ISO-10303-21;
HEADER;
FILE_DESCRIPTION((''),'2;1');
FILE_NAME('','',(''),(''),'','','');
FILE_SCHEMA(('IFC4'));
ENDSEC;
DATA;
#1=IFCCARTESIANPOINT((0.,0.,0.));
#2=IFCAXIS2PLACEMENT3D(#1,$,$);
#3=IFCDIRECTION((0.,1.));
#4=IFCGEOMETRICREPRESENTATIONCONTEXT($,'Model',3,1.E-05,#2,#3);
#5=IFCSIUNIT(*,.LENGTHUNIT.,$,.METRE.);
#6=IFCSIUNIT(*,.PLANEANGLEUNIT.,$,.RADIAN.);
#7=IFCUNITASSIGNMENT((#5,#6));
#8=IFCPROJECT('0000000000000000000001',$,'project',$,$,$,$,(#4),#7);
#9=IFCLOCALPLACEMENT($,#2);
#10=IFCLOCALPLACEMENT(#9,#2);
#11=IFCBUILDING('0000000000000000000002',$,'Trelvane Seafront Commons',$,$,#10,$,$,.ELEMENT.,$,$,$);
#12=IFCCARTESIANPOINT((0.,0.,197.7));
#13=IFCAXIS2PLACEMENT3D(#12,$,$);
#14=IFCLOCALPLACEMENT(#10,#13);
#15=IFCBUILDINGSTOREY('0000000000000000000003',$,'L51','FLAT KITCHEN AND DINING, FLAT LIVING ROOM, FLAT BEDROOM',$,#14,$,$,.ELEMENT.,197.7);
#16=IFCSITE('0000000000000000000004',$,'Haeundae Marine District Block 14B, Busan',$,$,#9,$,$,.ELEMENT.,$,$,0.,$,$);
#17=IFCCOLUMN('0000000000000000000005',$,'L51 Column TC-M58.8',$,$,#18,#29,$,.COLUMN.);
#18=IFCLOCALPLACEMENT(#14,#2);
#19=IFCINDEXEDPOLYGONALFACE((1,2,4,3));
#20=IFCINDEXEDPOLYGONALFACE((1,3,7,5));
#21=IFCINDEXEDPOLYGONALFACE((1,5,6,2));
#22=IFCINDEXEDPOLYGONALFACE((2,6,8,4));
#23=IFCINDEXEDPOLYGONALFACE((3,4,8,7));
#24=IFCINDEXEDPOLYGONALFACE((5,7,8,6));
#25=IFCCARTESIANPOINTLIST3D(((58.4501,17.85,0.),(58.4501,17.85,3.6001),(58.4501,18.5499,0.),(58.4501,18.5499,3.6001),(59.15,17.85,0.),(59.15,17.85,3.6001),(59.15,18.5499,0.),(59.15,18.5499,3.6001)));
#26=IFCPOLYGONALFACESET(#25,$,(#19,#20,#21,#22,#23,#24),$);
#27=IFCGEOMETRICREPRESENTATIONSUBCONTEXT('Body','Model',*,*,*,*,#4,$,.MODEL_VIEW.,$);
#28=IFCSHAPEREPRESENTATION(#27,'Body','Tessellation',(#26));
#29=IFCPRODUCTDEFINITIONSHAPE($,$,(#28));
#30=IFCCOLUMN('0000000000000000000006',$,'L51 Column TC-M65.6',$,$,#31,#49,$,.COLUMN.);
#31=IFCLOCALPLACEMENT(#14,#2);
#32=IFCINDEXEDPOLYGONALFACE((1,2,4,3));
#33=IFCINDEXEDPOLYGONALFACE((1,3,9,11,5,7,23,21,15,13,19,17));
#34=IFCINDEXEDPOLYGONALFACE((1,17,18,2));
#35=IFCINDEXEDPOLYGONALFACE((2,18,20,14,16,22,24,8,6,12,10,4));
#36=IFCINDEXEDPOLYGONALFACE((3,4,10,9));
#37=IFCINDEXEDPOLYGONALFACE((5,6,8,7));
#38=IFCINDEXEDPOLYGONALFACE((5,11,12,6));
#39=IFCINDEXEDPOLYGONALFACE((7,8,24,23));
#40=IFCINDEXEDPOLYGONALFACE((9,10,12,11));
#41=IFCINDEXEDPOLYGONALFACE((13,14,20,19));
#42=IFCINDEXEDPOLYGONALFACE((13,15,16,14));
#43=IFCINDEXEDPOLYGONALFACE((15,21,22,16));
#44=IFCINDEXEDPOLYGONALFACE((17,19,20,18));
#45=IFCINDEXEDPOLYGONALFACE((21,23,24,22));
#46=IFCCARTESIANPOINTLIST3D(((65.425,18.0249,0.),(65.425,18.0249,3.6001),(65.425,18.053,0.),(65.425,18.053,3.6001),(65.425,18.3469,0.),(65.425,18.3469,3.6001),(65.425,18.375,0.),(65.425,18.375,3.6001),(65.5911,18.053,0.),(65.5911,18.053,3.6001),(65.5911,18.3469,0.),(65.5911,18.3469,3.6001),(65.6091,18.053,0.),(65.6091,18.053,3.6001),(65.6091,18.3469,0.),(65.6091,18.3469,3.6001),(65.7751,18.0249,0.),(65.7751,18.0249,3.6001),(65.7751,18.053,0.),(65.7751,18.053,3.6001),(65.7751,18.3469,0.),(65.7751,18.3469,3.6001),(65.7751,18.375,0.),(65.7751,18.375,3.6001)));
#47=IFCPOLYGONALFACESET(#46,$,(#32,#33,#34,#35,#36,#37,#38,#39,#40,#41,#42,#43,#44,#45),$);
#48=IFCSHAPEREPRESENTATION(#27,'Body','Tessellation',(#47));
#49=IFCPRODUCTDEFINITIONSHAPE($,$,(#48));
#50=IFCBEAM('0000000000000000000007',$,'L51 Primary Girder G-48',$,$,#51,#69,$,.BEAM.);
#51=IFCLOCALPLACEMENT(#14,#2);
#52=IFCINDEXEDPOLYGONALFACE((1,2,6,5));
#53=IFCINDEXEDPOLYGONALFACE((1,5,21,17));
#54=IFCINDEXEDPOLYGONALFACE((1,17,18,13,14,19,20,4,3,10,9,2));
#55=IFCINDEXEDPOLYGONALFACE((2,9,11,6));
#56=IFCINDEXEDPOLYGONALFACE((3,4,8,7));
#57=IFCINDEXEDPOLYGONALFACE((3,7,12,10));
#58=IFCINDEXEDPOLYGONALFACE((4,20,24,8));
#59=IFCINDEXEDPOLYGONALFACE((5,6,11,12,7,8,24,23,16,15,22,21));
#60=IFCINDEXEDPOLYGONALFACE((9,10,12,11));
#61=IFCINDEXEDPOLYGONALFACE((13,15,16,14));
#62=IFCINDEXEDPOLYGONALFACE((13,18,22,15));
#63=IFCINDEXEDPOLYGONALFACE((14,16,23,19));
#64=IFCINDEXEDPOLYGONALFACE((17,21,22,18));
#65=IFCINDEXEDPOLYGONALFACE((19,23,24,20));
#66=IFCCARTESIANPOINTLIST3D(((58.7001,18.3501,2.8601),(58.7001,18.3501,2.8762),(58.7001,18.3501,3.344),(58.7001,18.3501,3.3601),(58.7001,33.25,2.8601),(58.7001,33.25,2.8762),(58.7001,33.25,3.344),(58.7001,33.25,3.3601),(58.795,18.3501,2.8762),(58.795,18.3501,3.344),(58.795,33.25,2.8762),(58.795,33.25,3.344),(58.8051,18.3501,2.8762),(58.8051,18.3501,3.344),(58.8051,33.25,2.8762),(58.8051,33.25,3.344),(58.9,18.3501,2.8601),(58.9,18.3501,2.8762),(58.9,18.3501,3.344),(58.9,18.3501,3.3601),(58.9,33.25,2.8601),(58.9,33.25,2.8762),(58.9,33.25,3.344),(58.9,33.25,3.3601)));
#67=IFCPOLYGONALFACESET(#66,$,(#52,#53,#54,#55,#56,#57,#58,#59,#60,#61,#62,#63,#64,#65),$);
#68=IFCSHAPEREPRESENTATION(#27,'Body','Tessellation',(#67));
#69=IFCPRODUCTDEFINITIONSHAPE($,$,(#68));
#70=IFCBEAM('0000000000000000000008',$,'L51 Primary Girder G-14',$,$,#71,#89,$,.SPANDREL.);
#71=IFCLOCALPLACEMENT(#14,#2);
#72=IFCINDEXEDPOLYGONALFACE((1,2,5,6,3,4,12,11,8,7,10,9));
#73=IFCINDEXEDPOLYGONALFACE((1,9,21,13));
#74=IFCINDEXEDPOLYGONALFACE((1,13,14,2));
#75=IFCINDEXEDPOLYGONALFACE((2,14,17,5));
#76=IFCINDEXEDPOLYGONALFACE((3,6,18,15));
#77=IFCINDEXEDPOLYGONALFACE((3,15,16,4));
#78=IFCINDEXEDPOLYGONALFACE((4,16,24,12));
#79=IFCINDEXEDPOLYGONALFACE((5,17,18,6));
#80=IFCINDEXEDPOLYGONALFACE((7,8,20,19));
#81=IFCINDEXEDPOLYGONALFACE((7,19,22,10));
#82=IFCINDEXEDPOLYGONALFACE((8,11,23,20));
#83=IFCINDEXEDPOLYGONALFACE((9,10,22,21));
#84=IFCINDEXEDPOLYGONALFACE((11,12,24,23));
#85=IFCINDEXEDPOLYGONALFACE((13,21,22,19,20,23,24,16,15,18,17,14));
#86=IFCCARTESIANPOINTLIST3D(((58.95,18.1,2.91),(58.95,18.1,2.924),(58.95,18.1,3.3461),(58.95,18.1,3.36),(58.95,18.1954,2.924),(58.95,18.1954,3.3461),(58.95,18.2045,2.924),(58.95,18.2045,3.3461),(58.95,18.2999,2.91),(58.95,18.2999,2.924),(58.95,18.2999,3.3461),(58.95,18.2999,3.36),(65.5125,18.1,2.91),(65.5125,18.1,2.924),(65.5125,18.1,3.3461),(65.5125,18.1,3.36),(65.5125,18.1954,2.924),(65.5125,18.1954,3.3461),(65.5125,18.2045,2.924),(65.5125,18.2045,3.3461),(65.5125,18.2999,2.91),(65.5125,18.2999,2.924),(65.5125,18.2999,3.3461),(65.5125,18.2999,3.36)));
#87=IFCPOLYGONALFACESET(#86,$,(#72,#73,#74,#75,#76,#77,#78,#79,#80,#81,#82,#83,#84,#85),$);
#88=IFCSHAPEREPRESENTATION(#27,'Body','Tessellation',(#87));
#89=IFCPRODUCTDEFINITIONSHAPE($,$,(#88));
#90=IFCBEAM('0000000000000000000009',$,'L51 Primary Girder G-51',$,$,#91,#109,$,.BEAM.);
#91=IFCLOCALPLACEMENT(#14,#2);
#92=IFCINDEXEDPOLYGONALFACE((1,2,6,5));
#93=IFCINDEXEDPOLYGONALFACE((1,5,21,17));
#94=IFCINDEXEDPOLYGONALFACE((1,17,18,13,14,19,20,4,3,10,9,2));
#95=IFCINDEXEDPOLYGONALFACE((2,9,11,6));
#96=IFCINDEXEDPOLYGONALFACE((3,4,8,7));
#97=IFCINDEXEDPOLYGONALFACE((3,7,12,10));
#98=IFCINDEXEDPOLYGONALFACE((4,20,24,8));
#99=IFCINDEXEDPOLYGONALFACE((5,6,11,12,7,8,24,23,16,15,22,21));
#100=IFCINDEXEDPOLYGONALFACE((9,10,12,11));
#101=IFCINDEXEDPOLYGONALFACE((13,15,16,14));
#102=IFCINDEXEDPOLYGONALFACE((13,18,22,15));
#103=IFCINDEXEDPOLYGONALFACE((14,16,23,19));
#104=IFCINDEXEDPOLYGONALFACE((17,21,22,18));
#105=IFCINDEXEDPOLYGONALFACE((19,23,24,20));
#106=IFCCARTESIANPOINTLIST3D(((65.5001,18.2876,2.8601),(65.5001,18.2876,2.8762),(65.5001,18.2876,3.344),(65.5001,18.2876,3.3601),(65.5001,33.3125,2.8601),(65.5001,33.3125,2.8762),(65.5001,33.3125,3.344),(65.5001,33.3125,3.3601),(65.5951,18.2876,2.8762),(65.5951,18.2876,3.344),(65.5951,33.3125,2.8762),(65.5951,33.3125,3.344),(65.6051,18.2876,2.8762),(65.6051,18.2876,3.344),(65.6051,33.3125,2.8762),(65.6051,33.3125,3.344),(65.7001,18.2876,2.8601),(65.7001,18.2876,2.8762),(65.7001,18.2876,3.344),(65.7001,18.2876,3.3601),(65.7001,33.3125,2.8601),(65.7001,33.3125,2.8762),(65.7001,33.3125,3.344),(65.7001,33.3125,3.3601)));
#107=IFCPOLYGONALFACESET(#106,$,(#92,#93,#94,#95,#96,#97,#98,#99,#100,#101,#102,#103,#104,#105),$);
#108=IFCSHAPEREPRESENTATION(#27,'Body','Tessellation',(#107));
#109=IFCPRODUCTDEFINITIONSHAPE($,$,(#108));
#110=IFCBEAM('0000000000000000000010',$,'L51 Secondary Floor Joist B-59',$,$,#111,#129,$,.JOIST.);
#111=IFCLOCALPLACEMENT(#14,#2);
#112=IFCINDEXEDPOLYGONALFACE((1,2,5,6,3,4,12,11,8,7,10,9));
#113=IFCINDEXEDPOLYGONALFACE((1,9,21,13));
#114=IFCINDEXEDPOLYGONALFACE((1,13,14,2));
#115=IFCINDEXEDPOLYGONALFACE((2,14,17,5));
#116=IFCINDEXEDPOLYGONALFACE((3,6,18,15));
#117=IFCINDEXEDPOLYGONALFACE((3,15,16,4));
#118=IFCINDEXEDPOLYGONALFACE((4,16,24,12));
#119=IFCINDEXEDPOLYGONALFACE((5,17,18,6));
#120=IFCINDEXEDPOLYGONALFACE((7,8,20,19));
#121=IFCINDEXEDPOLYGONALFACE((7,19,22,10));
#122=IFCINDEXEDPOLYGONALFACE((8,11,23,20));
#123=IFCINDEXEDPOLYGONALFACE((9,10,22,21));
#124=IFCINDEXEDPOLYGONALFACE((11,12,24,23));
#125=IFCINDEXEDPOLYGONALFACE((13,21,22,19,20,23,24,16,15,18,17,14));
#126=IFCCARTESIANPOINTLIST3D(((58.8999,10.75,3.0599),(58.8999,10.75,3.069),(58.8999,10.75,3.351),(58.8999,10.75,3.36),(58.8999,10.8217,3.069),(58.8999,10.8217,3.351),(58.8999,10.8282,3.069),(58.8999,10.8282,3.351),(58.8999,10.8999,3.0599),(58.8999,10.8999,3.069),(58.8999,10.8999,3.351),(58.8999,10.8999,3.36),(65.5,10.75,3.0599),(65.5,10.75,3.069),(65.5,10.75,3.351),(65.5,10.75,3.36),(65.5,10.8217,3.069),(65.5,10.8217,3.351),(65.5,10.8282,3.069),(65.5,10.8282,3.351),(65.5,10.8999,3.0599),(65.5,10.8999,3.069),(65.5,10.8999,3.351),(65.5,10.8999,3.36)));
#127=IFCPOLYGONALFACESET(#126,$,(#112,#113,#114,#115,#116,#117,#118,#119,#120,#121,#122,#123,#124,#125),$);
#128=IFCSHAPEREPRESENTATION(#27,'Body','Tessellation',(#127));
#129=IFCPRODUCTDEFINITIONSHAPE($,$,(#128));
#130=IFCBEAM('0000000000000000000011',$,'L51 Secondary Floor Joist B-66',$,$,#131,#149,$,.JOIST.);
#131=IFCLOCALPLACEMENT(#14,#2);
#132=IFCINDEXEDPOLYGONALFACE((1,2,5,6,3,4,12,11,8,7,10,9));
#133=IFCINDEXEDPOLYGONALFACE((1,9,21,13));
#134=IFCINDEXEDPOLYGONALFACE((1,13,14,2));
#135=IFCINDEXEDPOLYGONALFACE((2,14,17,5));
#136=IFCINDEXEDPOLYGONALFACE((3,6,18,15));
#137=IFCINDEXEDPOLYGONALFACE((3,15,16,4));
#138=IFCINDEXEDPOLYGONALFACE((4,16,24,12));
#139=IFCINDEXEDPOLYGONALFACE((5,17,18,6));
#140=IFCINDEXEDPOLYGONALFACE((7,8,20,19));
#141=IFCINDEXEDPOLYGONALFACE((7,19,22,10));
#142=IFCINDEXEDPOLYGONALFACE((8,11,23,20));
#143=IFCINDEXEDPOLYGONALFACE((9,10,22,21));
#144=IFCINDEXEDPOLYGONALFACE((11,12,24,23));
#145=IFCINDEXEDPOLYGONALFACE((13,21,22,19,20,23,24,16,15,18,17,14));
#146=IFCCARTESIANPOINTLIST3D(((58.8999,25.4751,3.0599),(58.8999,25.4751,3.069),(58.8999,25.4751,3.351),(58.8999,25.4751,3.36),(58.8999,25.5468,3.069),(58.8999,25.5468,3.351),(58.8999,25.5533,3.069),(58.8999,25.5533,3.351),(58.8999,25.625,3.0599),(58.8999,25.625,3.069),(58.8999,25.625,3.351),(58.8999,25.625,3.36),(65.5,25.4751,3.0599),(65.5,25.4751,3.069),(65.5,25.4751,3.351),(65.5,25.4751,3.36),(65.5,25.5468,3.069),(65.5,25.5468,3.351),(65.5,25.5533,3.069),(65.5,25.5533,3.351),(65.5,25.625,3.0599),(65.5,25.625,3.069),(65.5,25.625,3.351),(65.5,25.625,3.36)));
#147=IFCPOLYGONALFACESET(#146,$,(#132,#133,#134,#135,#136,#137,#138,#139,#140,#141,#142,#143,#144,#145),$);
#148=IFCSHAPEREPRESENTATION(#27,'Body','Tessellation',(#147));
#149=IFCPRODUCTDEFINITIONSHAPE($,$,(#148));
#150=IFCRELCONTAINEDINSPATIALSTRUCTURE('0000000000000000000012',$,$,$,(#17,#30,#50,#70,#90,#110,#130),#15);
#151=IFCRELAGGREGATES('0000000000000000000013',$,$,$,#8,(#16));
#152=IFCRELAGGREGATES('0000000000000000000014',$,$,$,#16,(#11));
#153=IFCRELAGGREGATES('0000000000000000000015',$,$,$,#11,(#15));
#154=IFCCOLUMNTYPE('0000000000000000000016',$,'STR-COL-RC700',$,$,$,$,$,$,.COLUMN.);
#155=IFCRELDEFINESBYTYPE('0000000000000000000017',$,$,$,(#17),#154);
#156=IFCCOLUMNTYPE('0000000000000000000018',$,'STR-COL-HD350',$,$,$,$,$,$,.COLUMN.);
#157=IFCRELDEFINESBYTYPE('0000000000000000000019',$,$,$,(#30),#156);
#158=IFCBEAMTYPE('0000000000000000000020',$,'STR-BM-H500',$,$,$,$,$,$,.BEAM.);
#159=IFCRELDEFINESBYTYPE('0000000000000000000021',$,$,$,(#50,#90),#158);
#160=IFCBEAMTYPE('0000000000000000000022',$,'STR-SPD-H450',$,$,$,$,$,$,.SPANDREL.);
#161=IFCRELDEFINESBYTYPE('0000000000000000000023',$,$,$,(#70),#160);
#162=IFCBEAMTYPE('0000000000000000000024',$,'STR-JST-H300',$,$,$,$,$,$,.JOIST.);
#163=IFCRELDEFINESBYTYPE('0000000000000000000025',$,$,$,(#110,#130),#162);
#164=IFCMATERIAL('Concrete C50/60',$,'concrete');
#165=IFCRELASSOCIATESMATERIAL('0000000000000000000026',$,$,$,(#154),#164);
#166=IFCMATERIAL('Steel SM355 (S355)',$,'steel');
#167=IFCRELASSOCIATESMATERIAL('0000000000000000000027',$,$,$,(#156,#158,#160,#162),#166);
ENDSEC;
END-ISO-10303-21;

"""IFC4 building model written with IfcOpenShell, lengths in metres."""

from ifc_helpers import new_model, si_unit, direction, frame, origin, origin_2d, place, context, subcontext, project, spatial, rectangle, i_section, extrude, source, transform, mapped, material, material_profile, profile_set, type_object, element, save


model = new_model("IFC4")

# Units and contexts
model_context = context("Model", 3, precision=1e-05, world=origin(), true_north=direction((0.0, 1.0)))
body_context = subcontext(model_context, "Body", "Model", "MODEL_VIEW")
ifc_project = project(units=[si_unit("LENGTHUNIT", "METRE"), si_unit("PLANEANGLEUNIT", "RADIAN")], contexts=[model_context])

# Site, building, storey
site_placement = place(None, origin())
site = spatial("IfcSite", under=ifc_project, at=site_placement, Name="Haeundae Marine District Block 14B, Busan", CompositionType="ELEMENT", RefElevation=0.0)
building_placement = place(site_placement, origin())
building = spatial("IfcBuilding", under=site, at=building_placement, Name="Trelvane Seafront Commons", CompositionType="ELEMENT")
storey_placement = place(building_placement, frame((0.0, 0.0, 197.7)))
storey = spatial("IfcBuildingStorey", under=building, at=storey_placement, Name="L51", Description="FLAT KITCHEN AND DINING, FLAT LIVING ROOM, FLAT BEDROOM", CompositionType="ELEMENT", Elevation=197.7)

# Columns
ifc_material_1 = material(Name="Concrete C50/60", Category="concrete")
ifc_material_profile_1 = material_profile(ifc_material_1, rectangle(XDim=0.7, YDim=0.7, at=origin_2d()), Name="RC-700x700")
ifc_profile_set_1 = profile_set([ifc_material_profile_1], Name="Concrete C50/60")
column_type_1 = type_object("IfcColumnType", Name="STR-COL-RC700", PredefinedType="COLUMN", material=ifc_profile_set_1)
shared_shape_1 = source(origin(), body_context, "Body", "SweptSolid", [
    extrude(rectangle(XDim=0.7, YDim=0.7, at=origin_2d()), origin(), (0.0, 0.0, 1.0), 3.6001),
])
column_1_placement = place(storey_placement, frame((58.8, 18.2, 0.0), z_axis=(0.0, 0.0, 1.0), x_axis=(1.0, 0.0, 0.0)))
element("IfcColumn", 1, at=column_1_placement, inside=storey, type_object=column_type_1, Name="L51 Column TC-M58.8", PredefinedType="COLUMN", context=body_context, shape_type="MappedRepresentation", body=[
    mapped(shared_shape_1, transform((0.0, 0.0, 0.0), x_axis=(1.0, 0.0, 0.0), y_axis=(0.0, 1.0, 0.0), z_axis=(0.0, 0.0, 1.0), scale=1.0)),
])
ifc_material_2 = material(Name="Steel SM355 (S355)", Category="steel")
ifc_material_profile_2 = material_profile(ifc_material_2, i_section(OverallWidth=0.3501, OverallDepth=0.3501, WebThickness=0.0181, FlangeThickness=0.0281, at=origin_2d()), Name="HD-350x350x18x28")
ifc_profile_set_2 = profile_set([ifc_material_profile_2], Name="Steel SM355 (S355)")
column_type_2 = type_object("IfcColumnType", Name="STR-COL-HD350", PredefinedType="COLUMN", material=ifc_profile_set_2)
shared_shape_2 = source(origin(), body_context, "Body", "SweptSolid", [
    extrude(i_section(OverallWidth=0.3501, OverallDepth=0.3501, WebThickness=0.0181, FlangeThickness=0.0281, at=origin_2d()), origin(), (0.0, 0.0, 1.0), 3.6001),
])
column_2_placement = place(storey_placement, frame((65.6001, 18.2, 0.0), z_axis=(0.0, 0.0, 1.0), x_axis=(1.0, 0.0, 0.0)))
element("IfcColumn", 2, at=column_2_placement, inside=storey, type_object=column_type_2, Name="L51 Column TC-M65.6", PredefinedType="COLUMN", context=body_context, shape_type="MappedRepresentation", body=[
    mapped(shared_shape_2, transform((0.0, 0.0, 0.0), x_axis=(1.0, 0.0, 0.0), y_axis=(0.0, 1.0, 0.0), z_axis=(0.0, 0.0, 1.0), scale=1.0)),
])

# Beams
ifc_material_profile_3 = material_profile(ifc_material_2, i_section(OverallWidth=0.2, OverallDepth=0.5, WebThickness=0.01, FlangeThickness=0.0161, at=origin_2d()), Name="H-500x200x10x16")
ifc_profile_set_3 = profile_set([ifc_material_profile_3], Name="Steel SM355 (S355)")
beam_type_1 = type_object("IfcBeamType", Name="STR-BM-H500", PredefinedType="BEAM", material=ifc_profile_set_3)
shared_shape_3 = source(origin(), body_context, "Body", "SweptSolid", [
    extrude(i_section(OverallWidth=0.2, OverallDepth=0.5, WebThickness=0.01, FlangeThickness=0.0161, at=origin_2d()), origin(), (0.0, 0.0, 1.0), 14.8999),
])
beam_1_placement = place(storey_placement, frame((58.8, 18.3501, 3.1101), z_axis=(0.0, 1.0, 0.0), x_axis=(-1.0, 0.0, 0.0)))
element("IfcBeam", 3, at=beam_1_placement, inside=storey, type_object=beam_type_1, Name="L51 Primary Girder G-48", PredefinedType="BEAM", context=body_context, shape_type="MappedRepresentation", body=[
    mapped(shared_shape_3, transform((0.0, 0.0, 0.0), x_axis=(1.0, 0.0, 0.0), y_axis=(0.0, 1.0, 0.0), z_axis=(0.0, 0.0, 1.0), scale=1.0)),
])
ifc_material_profile_4 = material_profile(ifc_material_2, i_section(OverallWidth=0.2, OverallDepth=0.45, WebThickness=0.009, FlangeThickness=0.0139, at=origin_2d()), Name="H-450x200x9x14")
ifc_profile_set_4 = profile_set([ifc_material_profile_4], Name="Steel SM355 (S355)")
beam_type_2 = type_object("IfcBeamType", Name="STR-SPD-H450", PredefinedType="SPANDREL", material=ifc_profile_set_4)
shared_shape_4 = source(origin(), body_context, "Body", "SweptSolid", [
    extrude(i_section(OverallWidth=0.2, OverallDepth=0.45, WebThickness=0.009, FlangeThickness=0.0139, at=origin_2d()), origin(), (0.0, 0.0, 1.0), 6.5625),
])
beam_2_placement = place(storey_placement, frame((58.95, 18.2, 3.135), z_axis=(1.0, 0.0, 0.0), x_axis=(0.0, 1.0, 0.0)))
element("IfcBeam", 4, at=beam_2_placement, inside=storey, type_object=beam_type_2, Name="L51 Primary Girder G-14", PredefinedType="SPANDREL", context=body_context, shape_type="MappedRepresentation", body=[
    mapped(shared_shape_4, transform((0.0, 0.0, 0.0), x_axis=(1.0, 0.0, 0.0), y_axis=(0.0, 1.0, 0.0), z_axis=(0.0, 0.0, 1.0), scale=1.0)),
])
shared_shape_5 = source(origin(), body_context, "Body", "SweptSolid", [
    extrude(i_section(OverallWidth=0.2, OverallDepth=0.5, WebThickness=0.01, FlangeThickness=0.0161, at=origin_2d()), origin(), (0.0, 0.0, 1.0), 15.0249),
])
beam_3_placement = place(storey_placement, frame((65.6001, 18.2876, 3.1101), z_axis=(0.0, 1.0, 0.0), x_axis=(-1.0, 0.0, 0.0)))
element("IfcBeam", 5, at=beam_3_placement, inside=storey, type_object=beam_type_1, Name="L51 Primary Girder G-51", PredefinedType="BEAM", context=body_context, shape_type="MappedRepresentation", body=[
    mapped(shared_shape_5, transform((0.0, 0.0, 0.0), x_axis=(1.0, 0.0, 0.0), y_axis=(0.0, 1.0, 0.0), z_axis=(0.0, 0.0, 1.0), scale=1.0)),
])
ifc_material_profile_5 = material_profile(ifc_material_2, i_section(OverallWidth=0.1499, OverallDepth=0.3, WebThickness=0.0066, FlangeThickness=0.009, at=origin_2d()), Name="H-300x150x6.5x9")
ifc_profile_set_5 = profile_set([ifc_material_profile_5], Name="Steel SM355 (S355)")
beam_type_3 = type_object("IfcBeamType", Name="STR-JST-H300", PredefinedType="JOIST", material=ifc_profile_set_5)
shared_shape_6 = source(origin(), body_context, "Body", "SweptSolid", [
    extrude(i_section(OverallWidth=0.1499, OverallDepth=0.3, WebThickness=0.0066, FlangeThickness=0.009, at=origin_2d()), origin(), (0.0, 0.0, 1.0), 6.6001),
])
for number, where, z_axis, x_axis, name in (
    (6, (58.8999, 10.825, 3.21), (1.0, 0.0, 0.0), (0.0, 1.0, 0.0), "L51 Secondary Floor Joist B-59"),
    (7, (58.8999, 25.55, 3.21), (1.0, 0.0, 0.0), (0.0, 1.0, 0.0), "L51 Secondary Floor Joist B-66"),
):
    element("IfcBeam", number, at=place(storey_placement, frame(where, z_axis=z_axis, x_axis=x_axis)), inside=storey, type_object=beam_type_3, Name=name, PredefinedType="JOIST", context=body_context, shape_type="MappedRepresentation", body=[
        mapped(shared_shape_6, transform((0.0, 0.0, 0.0), x_axis=(1.0, 0.0, 0.0), y_axis=(0.0, 1.0, 0.0), z_axis=(0.0, 0.0, 1.0), scale=1.0)),
    ])

save(model, "model.ifc")
